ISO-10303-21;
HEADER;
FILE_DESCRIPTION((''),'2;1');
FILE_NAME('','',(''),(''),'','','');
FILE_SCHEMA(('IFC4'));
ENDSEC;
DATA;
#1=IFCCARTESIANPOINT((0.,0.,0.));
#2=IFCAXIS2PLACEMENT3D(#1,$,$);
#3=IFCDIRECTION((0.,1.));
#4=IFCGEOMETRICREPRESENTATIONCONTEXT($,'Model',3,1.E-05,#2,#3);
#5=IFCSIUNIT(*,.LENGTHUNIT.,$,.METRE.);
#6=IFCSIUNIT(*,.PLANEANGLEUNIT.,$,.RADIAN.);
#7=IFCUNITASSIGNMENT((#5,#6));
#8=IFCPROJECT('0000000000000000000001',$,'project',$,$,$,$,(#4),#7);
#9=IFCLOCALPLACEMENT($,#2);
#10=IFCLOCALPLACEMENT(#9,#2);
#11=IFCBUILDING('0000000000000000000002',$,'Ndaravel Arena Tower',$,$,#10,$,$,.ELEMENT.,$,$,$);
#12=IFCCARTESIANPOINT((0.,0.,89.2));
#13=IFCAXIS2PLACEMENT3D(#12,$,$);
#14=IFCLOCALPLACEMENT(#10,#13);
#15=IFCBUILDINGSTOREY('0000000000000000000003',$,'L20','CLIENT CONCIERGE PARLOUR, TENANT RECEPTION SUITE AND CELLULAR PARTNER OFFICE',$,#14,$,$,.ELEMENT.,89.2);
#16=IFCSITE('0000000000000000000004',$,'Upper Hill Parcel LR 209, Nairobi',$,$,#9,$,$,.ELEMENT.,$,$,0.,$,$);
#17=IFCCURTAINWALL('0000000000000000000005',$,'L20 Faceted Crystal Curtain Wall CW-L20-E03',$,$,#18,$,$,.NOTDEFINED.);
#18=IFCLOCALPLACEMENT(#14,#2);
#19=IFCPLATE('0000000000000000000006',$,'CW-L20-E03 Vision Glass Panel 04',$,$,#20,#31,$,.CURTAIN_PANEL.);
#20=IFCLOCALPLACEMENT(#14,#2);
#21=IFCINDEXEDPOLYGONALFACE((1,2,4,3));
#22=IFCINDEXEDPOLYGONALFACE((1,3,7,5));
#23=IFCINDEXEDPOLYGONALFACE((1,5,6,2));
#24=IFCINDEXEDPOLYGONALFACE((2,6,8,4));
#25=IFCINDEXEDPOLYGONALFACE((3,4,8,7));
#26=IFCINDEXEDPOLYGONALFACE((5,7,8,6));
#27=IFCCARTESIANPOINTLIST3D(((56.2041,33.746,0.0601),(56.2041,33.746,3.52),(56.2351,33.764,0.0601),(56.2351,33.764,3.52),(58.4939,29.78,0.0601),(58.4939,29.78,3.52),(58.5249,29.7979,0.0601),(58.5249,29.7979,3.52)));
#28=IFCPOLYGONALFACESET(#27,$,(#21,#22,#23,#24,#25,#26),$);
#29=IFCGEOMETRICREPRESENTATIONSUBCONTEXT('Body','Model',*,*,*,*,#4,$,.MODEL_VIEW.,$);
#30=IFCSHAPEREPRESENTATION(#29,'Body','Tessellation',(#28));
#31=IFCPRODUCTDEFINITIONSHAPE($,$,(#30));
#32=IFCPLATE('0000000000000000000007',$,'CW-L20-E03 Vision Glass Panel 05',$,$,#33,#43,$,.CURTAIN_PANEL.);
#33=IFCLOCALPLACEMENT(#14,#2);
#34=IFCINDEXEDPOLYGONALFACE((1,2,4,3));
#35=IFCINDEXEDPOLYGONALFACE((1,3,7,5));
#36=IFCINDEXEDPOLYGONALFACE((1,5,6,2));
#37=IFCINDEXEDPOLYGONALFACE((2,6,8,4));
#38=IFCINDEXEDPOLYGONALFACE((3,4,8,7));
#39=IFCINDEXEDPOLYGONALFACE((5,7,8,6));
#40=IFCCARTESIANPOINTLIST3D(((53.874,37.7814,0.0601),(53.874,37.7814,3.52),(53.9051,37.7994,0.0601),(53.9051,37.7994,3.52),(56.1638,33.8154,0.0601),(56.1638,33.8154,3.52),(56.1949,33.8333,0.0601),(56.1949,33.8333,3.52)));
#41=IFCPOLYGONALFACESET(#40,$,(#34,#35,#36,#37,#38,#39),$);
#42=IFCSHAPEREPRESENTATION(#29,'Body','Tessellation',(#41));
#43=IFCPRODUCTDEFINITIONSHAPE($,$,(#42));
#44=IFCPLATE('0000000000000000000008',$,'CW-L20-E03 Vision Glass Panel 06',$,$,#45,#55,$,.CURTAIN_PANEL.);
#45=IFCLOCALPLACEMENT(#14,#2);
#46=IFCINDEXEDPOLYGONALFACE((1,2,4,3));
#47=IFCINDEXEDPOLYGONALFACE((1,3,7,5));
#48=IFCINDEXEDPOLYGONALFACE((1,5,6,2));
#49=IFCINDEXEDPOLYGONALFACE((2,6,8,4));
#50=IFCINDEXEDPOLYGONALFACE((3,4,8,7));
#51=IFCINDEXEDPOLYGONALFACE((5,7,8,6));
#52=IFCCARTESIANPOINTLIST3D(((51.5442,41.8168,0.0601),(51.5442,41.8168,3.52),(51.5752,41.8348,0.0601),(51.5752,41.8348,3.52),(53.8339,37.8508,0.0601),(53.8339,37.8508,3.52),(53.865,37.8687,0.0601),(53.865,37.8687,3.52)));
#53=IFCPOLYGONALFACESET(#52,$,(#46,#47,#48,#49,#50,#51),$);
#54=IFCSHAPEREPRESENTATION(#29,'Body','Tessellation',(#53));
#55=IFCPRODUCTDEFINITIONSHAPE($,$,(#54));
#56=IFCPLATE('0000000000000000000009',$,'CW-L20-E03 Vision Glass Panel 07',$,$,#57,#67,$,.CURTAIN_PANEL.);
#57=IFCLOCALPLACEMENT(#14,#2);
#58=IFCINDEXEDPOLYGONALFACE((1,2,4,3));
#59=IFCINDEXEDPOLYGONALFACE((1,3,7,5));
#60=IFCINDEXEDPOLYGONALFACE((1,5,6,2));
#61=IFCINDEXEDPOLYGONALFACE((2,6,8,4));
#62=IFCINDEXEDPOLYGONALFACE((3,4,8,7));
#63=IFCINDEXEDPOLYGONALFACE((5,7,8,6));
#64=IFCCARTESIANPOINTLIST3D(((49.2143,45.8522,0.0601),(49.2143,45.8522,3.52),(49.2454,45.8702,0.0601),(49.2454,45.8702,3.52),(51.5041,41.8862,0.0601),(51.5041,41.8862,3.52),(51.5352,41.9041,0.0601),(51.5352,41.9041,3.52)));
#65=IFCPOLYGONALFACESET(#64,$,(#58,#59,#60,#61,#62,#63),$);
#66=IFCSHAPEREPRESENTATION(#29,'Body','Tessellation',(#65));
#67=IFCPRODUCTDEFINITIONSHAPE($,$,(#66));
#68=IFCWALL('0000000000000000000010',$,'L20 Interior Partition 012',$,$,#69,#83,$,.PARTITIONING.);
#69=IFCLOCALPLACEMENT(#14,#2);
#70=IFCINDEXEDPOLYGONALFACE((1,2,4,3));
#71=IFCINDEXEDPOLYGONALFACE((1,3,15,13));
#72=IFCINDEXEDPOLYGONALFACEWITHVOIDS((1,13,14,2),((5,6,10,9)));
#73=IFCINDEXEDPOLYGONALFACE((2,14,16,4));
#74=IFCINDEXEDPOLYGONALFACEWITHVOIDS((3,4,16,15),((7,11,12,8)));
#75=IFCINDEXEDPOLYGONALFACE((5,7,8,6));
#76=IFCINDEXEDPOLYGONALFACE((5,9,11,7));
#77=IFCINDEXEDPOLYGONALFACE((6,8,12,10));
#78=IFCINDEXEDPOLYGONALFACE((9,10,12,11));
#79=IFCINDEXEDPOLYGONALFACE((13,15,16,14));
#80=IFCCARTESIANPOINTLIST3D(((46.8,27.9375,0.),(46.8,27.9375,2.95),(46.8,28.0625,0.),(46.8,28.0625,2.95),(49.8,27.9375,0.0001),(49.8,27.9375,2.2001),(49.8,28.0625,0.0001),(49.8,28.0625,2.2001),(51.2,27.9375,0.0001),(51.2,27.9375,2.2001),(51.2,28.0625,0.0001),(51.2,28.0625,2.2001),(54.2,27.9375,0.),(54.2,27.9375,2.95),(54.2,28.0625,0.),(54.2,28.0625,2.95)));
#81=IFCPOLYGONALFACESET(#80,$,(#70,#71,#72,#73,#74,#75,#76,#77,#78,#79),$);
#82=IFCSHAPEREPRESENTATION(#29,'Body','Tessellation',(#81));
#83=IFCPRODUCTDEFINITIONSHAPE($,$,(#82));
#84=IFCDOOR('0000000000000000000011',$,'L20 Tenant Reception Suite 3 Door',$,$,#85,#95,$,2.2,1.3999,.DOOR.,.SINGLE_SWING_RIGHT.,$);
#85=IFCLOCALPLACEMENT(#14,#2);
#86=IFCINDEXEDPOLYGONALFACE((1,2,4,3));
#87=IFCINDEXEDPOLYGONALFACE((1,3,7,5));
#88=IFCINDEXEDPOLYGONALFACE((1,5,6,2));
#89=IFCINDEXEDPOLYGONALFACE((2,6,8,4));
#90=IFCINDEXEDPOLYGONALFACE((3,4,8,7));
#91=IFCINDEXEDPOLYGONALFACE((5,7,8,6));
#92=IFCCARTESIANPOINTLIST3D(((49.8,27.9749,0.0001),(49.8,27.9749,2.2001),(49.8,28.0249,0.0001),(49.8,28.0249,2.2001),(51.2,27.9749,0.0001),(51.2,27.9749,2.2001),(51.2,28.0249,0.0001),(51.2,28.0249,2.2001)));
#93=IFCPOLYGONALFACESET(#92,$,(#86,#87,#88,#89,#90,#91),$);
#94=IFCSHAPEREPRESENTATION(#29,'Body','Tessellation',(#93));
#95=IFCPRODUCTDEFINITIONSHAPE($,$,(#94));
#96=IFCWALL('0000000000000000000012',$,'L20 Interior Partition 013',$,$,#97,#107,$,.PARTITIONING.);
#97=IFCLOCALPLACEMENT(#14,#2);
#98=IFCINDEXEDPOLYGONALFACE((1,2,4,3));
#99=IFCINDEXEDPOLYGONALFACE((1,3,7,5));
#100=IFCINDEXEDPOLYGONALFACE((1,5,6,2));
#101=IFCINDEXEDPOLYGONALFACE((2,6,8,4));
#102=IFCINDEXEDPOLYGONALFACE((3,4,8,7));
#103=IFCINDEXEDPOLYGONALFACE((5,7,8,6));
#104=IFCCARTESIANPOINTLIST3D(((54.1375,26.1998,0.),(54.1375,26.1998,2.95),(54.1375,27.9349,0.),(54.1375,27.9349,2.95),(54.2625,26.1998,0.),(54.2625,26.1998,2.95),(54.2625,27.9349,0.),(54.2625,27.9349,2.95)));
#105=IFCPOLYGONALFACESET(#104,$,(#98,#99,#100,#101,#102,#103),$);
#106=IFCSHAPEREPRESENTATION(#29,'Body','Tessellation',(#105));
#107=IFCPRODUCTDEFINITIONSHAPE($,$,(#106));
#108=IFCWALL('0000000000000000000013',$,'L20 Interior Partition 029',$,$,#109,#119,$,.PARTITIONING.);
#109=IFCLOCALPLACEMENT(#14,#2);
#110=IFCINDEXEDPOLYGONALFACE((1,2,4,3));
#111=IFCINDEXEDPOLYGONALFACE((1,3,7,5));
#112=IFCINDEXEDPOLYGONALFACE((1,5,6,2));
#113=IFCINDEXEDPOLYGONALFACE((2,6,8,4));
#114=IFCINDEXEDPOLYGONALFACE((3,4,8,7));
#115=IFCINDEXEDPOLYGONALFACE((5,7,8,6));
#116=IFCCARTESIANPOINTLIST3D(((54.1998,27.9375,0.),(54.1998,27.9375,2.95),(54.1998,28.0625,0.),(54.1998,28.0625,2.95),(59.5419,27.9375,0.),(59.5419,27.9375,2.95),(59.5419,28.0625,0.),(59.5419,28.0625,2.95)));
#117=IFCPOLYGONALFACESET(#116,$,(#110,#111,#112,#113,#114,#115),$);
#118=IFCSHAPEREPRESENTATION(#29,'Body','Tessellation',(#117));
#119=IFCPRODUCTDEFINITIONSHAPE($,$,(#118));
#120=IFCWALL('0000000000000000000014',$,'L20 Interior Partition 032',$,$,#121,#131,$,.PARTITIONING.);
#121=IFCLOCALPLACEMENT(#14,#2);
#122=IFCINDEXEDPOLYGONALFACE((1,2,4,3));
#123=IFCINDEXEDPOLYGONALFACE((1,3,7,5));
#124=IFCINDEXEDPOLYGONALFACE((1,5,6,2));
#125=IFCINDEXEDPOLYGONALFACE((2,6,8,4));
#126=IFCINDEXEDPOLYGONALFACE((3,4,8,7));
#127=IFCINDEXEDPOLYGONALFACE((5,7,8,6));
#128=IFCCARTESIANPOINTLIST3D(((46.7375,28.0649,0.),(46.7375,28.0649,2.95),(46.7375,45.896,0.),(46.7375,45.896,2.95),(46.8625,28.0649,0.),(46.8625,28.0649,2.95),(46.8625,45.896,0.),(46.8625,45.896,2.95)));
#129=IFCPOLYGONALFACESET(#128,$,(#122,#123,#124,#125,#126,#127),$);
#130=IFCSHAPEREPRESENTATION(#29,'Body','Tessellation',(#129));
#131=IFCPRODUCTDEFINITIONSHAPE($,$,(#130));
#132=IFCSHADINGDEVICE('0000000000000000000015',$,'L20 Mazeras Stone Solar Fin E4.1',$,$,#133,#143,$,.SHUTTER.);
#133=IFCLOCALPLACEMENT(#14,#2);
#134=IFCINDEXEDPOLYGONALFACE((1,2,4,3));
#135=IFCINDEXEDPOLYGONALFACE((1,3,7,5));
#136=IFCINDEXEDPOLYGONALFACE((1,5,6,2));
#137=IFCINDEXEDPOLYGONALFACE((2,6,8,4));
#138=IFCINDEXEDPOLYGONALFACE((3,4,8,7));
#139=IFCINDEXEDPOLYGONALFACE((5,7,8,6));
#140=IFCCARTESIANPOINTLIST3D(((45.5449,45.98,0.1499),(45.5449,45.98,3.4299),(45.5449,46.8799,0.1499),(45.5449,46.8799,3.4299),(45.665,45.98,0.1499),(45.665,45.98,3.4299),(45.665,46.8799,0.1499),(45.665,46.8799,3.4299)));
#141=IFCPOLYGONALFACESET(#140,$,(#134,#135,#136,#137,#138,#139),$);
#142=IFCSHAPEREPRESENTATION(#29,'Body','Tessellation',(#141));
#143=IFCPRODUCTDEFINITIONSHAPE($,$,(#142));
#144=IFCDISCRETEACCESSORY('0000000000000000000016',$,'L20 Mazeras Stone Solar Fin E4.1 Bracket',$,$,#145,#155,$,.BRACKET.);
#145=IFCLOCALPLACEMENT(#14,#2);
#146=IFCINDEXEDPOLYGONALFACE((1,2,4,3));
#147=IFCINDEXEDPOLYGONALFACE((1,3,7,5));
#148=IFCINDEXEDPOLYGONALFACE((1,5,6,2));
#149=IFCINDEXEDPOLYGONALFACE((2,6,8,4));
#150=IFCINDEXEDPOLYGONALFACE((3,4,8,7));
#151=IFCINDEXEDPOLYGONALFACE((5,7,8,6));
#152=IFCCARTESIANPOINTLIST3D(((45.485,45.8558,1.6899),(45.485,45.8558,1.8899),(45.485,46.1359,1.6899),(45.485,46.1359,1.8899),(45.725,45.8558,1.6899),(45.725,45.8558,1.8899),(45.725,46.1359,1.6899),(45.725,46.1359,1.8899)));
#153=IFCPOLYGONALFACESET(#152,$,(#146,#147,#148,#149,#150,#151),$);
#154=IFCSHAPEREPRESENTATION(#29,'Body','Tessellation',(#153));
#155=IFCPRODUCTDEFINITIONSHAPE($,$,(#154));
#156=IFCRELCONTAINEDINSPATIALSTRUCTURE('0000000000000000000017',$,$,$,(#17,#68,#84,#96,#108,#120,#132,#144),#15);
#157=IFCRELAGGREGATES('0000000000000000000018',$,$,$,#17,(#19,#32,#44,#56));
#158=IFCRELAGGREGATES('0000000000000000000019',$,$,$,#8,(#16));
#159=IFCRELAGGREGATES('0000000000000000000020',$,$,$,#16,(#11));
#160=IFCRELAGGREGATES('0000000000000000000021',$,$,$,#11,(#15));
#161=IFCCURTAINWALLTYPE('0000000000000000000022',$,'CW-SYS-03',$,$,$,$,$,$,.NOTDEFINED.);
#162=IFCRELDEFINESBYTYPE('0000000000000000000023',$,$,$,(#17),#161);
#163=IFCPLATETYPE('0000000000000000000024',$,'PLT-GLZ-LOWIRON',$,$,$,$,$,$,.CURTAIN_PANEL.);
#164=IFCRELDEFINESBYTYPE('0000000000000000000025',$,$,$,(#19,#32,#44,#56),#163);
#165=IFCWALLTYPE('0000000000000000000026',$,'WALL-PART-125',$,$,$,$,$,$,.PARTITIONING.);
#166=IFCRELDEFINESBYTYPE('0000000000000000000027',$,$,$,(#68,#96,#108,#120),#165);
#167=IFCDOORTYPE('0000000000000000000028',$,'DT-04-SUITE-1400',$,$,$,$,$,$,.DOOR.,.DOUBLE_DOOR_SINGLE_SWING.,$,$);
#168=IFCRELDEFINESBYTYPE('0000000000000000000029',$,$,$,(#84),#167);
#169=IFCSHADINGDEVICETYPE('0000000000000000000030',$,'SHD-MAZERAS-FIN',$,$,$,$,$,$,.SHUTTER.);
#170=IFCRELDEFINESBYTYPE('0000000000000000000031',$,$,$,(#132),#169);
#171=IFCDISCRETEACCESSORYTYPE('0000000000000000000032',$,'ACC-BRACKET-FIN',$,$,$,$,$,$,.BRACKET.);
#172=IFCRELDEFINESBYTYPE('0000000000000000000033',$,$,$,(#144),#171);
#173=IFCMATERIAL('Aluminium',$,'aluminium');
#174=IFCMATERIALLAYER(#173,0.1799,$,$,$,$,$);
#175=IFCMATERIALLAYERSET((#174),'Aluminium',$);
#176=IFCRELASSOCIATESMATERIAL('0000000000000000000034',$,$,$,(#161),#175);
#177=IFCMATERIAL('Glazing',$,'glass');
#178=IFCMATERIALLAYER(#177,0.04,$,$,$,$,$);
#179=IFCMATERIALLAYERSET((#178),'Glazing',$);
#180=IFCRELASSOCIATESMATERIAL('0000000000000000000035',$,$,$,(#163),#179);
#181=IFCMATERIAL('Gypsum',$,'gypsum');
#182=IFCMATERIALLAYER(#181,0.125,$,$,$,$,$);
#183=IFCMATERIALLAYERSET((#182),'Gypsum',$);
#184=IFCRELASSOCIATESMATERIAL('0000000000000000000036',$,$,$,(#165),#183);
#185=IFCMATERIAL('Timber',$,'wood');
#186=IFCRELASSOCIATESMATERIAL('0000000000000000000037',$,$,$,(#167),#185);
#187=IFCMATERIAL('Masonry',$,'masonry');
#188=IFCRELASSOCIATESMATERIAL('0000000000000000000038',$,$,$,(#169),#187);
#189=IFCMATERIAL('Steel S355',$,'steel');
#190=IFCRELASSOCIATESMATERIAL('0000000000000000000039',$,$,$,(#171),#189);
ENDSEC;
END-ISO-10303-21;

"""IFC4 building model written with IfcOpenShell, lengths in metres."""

from ifc_helpers import new_model, si_unit, direction, frame, frame_2d, origin, origin_2d, place, context, subcontext, project, spatial, rectangle, extrude, material, layer, layer_set, type_object, element, fill, aggregate, save


model = new_model("IFC4")

# Units and contexts
model_context = context("Model", 3, precision=1e-05, world=origin(), true_north=direction((0.0, 1.0)))
body_context = subcontext(model_context, "Body", "Model", "MODEL_VIEW")
ifc_project = project(units=[si_unit("LENGTHUNIT", "METRE"), si_unit("PLANEANGLEUNIT", "RADIAN")], contexts=[model_context])

# Site, building, storey
site_placement = place(None, origin())
site = spatial("IfcSite", under=ifc_project, at=site_placement, Name="Upper Hill Parcel LR 209, Nairobi", CompositionType="ELEMENT", RefElevation=0.0)
building_placement = place(site_placement, origin())
building = spatial("IfcBuilding", under=site, at=building_placement, Name="Ndaravel Arena Tower", CompositionType="ELEMENT")
storey_placement = place(building_placement, frame((0.0, 0.0, 89.2)))
storey = spatial("IfcBuildingStorey", under=building, at=storey_placement, Name="L20", Description="CLIENT CONCIERGE PARLOUR, TENANT RECEPTION SUITE AND CELLULAR PARTNER OFFICE", CompositionType="ELEMENT", Elevation=89.2)

# Curtain wall
ifc_material_1 = material(Name="Aluminium", Category="aluminium")
ifc_layer_1 = layer(ifc_material_1, 0.1799)
ifc_layer_set_1 = layer_set([ifc_layer_1], Name="Aluminium")
curtain_wall_type_1 = type_object("IfcCurtainWallType", Name="CW-SYS-03", PredefinedType="NOTDEFINED", material=ifc_layer_set_1)
curtain_wall_1_placement = place(storey_placement, origin())
curtain_wall_1 = element("IfcCurtainWall", 1, at=curtain_wall_1_placement, inside=storey, type_object=curtain_wall_type_1, Name="L20 Faceted Crystal Curtain Wall CW-L20-E03", PredefinedType="NOTDEFINED")

# Plates
ifc_material_2 = material(Name="Glazing", Category="glass")
ifc_layer_2 = layer(ifc_material_2, 0.04)
ifc_layer_set_2 = layer_set([ifc_layer_2], Name="Glazing")
plate_type_1 = type_object("IfcPlateType", Name="PLT-GLZ-LOWIRON", PredefinedType="CURTAIN_PANEL", material=ifc_layer_set_2)
plate_1_placement = place(storey_placement, frame((57.3645, 31.772, 0.0601), z_axis=(0.0, 0.0, 1.0), x_axis=(-0.5, 0.866025, 0.0)))
plate_1 = element("IfcPlate", 2, at=plate_1_placement, type_object=plate_type_1, Name="CW-L20-E03 Vision Glass Panel 04", PredefinedType="CURTAIN_PANEL", context=body_context, shape_type="SweptSolid", body=[
    extrude(rectangle(XDim=4.5796, YDim=0.0359, at=origin_2d()), origin(), (0.0, 0.0, 1.0), 3.46),
])
plate_2_placement = place(storey_placement, frame((55.0344, 35.8074, 0.0601), z_axis=(0.0, 0.0, 1.0), x_axis=(-0.5, 0.866025, 0.0)))
plate_2 = element("IfcPlate", 3, at=plate_2_placement, type_object=plate_type_1, Name="CW-L20-E03 Vision Glass Panel 05", PredefinedType="CURTAIN_PANEL", context=body_context, shape_type="SweptSolid", body=[
    extrude(rectangle(XDim=4.5796, YDim=0.0359, at=origin_2d()), origin(), (0.0, 0.0, 1.0), 3.46),
])
plate_3_placement = place(storey_placement, frame((52.7046, 39.8428, 0.0601), z_axis=(0.0, 0.0, 1.0), x_axis=(-0.5, 0.866025, 0.0)))
plate_3 = element("IfcPlate", 4, at=plate_3_placement, type_object=plate_type_1, Name="CW-L20-E03 Vision Glass Panel 06", PredefinedType="CURTAIN_PANEL", context=body_context, shape_type="SweptSolid", body=[
    extrude(rectangle(XDim=4.5796, YDim=0.0359, at=origin_2d()), origin(), (0.0, 0.0, 1.0), 3.46),
])
plate_4_placement = place(storey_placement, frame((50.3748, 43.8782, 0.0601), z_axis=(0.0, 0.0, 1.0), x_axis=(-0.5, 0.866025, 0.0)))
plate_4 = element("IfcPlate", 5, at=plate_4_placement, type_object=plate_type_1, Name="CW-L20-E03 Vision Glass Panel 07", PredefinedType="CURTAIN_PANEL", context=body_context, shape_type="SweptSolid", body=[
    extrude(rectangle(XDim=4.5796, YDim=0.0359, at=origin_2d()), origin(), (0.0, 0.0, 1.0), 3.46),
])
aggregate(curtain_wall_1, [plate_1, plate_2, plate_3, plate_4])

# Wall, opening, door
ifc_material_3 = material(Name="Gypsum", Category="gypsum")
ifc_layer_3 = layer(ifc_material_3, 0.125)
ifc_layer_set_3 = layer_set([ifc_layer_3], Name="Gypsum")
wall_type = type_object("IfcWallType", Name="WALL-PART-125", PredefinedType="PARTITIONING", material=ifc_layer_set_3)
wall_1_placement = place(storey_placement, frame((46.8, 28.0, 0.0), z_axis=(0.0, 0.0, 1.0), x_axis=(1.0, 0.0, 0.0)))
wall_1 = element("IfcWall", 6, at=wall_1_placement, inside=storey, type_object=wall_type, Name="L20 Interior Partition 012", PredefinedType="PARTITIONING", context=body_context, shape_type="SweptSolid", body=[
    extrude(rectangle(XDim=7.3999, YDim=0.125, at=frame_2d((3.7, 0.0))), origin(), (0.0, 0.0, 1.0), 2.95),
])
opening_placement = place(wall_1_placement, frame((3.0, 0.0, 0.0)))
opening = element("IfcOpeningElement", 7, at=opening_placement, cuts=wall_1, PredefinedType="OPENING", context=body_context, shape_type="SweptSolid", body=[
    extrude(rectangle(XDim=1.3999, YDim=2.2, at=frame_2d((0.7, 1.1001))), frame((0.0, 0.0625, 0.0), z_axis=(0.0, -1.0, 0.0), x_axis=(1.0, 0.0, 0.0)), (0.0, 0.0, 1.0), 0.125),
])
ifc_material_4 = material(Name="Timber", Category="wood")
door_type = type_object("IfcDoorType", Name="DT-04-SUITE-1400", OperationType="DOUBLE_DOOR_SINGLE_SWING", PredefinedType="DOOR", material=ifc_material_4)
door_placement = place(opening_placement, origin())
door = element("IfcDoor", 8, at=door_placement, inside=storey, type_object=door_type, Name="L20 Tenant Reception Suite 3 Door", OperationType="SINGLE_SWING_RIGHT", OverallHeight=2.2, OverallWidth=1.3999, PredefinedType="DOOR", context=body_context, shape_type="SweptSolid", body=[
    extrude(rectangle(XDim=1.3999, YDim=2.2, at=frame_2d((0.7, 1.1001))), frame((0.0, 0.0249, 0.0), z_axis=(0.0, -1.0, 0.0), x_axis=(1.0, 0.0, 0.0)), (0.0, 0.0, 1.0), 0.05),
])
fill(opening, door)

# Walls
wall_2_placement = place(storey_placement, frame((54.2, 27.9351, 0.0), z_axis=(0.0, 0.0, 1.0), x_axis=(0.0, -1.0, 0.0)))
element("IfcWall", 9, at=wall_2_placement, inside=storey, type_object=wall_type, Name="L20 Interior Partition 013", PredefinedType="PARTITIONING", context=body_context, shape_type="SweptSolid", body=[
    extrude(rectangle(XDim=1.7351, YDim=0.125, at=frame_2d((0.8677, 0.0))), origin(), (0.0, 0.0, 1.0), 2.95),
])
wall_3_placement = place(storey_placement, frame((54.2, 28.0, 0.0), z_axis=(0.0, 0.0, 1.0), x_axis=(1.0, 0.0, 0.0)))
element("IfcWall", 10, at=wall_3_placement, inside=storey, type_object=wall_type, Name="L20 Interior Partition 029", PredefinedType="PARTITIONING", context=body_context, shape_type="SweptSolid", body=[
    extrude(rectangle(XDim=5.342, YDim=0.125, at=frame_2d((2.6709, 0.0))), origin(), (0.0, 0.0, 1.0), 2.95),
])
wall_4_placement = place(storey_placement, frame((46.8, 28.0649, 0.0), z_axis=(0.0, 0.0, 1.0), x_axis=(0.0, 1.0, 0.0)))
element("IfcWall", 11, at=wall_4_placement, inside=storey, type_object=wall_type, Name="L20 Interior Partition 032", PredefinedType="PARTITIONING", context=body_context, shape_type="SweptSolid", body=[
    extrude(rectangle(XDim=17.8311, YDim=0.125, at=frame_2d((8.9155, 0.0))), origin(), (0.0, 0.0, 1.0), 2.95),
])

# Shading device
ifc_material_5 = material(Name="Masonry", Category="masonry")
shading_device_type = type_object("IfcShadingDeviceType", Name="SHD-MAZERAS-FIN", PredefinedType="SHUTTER", material=ifc_material_5)
shading_device_placement = place(storey_placement, frame((45.605, 46.4299, 0.1499), z_axis=(0.0, 0.0, 1.0), x_axis=(0.0, 1.0, 0.0)))
element("IfcShadingDevice", 12, at=shading_device_placement, inside=storey, type_object=shading_device_type, Name="L20 Mazeras Stone Solar Fin E4.1", PredefinedType="SHUTTER", context=body_context, shape_type="SweptSolid", body=[
    extrude(rectangle(XDim=0.8999, YDim=0.1201, at=origin_2d()), origin(), (0.0, 0.0, 1.0), 3.28),
])

# Discrete accessory
ifc_material_6 = material(Name="Steel S355", Category="steel")
discrete_accessory_type = type_object("IfcDiscreteAccessoryType", Name="ACC-BRACKET-FIN", PredefinedType="BRACKET", material=ifc_material_6)
discrete_accessory_placement = place(storey_placement, frame((45.605, 45.9958, 1.6899), z_axis=(0.0, 0.0, 1.0), x_axis=(0.0, 1.0, 0.0)))
element("IfcDiscreteAccessory", 13, at=discrete_accessory_placement, inside=storey, type_object=discrete_accessory_type, Name="L20 Mazeras Stone Solar Fin E4.1 Bracket", PredefinedType="BRACKET", context=body_context, shape_type="SweptSolid", body=[
    extrude(rectangle(XDim=0.28, YDim=0.24, at=origin_2d()), origin(), (0.0, 0.0, 1.0), 0.2),
])

save(model, "model.ifc")
